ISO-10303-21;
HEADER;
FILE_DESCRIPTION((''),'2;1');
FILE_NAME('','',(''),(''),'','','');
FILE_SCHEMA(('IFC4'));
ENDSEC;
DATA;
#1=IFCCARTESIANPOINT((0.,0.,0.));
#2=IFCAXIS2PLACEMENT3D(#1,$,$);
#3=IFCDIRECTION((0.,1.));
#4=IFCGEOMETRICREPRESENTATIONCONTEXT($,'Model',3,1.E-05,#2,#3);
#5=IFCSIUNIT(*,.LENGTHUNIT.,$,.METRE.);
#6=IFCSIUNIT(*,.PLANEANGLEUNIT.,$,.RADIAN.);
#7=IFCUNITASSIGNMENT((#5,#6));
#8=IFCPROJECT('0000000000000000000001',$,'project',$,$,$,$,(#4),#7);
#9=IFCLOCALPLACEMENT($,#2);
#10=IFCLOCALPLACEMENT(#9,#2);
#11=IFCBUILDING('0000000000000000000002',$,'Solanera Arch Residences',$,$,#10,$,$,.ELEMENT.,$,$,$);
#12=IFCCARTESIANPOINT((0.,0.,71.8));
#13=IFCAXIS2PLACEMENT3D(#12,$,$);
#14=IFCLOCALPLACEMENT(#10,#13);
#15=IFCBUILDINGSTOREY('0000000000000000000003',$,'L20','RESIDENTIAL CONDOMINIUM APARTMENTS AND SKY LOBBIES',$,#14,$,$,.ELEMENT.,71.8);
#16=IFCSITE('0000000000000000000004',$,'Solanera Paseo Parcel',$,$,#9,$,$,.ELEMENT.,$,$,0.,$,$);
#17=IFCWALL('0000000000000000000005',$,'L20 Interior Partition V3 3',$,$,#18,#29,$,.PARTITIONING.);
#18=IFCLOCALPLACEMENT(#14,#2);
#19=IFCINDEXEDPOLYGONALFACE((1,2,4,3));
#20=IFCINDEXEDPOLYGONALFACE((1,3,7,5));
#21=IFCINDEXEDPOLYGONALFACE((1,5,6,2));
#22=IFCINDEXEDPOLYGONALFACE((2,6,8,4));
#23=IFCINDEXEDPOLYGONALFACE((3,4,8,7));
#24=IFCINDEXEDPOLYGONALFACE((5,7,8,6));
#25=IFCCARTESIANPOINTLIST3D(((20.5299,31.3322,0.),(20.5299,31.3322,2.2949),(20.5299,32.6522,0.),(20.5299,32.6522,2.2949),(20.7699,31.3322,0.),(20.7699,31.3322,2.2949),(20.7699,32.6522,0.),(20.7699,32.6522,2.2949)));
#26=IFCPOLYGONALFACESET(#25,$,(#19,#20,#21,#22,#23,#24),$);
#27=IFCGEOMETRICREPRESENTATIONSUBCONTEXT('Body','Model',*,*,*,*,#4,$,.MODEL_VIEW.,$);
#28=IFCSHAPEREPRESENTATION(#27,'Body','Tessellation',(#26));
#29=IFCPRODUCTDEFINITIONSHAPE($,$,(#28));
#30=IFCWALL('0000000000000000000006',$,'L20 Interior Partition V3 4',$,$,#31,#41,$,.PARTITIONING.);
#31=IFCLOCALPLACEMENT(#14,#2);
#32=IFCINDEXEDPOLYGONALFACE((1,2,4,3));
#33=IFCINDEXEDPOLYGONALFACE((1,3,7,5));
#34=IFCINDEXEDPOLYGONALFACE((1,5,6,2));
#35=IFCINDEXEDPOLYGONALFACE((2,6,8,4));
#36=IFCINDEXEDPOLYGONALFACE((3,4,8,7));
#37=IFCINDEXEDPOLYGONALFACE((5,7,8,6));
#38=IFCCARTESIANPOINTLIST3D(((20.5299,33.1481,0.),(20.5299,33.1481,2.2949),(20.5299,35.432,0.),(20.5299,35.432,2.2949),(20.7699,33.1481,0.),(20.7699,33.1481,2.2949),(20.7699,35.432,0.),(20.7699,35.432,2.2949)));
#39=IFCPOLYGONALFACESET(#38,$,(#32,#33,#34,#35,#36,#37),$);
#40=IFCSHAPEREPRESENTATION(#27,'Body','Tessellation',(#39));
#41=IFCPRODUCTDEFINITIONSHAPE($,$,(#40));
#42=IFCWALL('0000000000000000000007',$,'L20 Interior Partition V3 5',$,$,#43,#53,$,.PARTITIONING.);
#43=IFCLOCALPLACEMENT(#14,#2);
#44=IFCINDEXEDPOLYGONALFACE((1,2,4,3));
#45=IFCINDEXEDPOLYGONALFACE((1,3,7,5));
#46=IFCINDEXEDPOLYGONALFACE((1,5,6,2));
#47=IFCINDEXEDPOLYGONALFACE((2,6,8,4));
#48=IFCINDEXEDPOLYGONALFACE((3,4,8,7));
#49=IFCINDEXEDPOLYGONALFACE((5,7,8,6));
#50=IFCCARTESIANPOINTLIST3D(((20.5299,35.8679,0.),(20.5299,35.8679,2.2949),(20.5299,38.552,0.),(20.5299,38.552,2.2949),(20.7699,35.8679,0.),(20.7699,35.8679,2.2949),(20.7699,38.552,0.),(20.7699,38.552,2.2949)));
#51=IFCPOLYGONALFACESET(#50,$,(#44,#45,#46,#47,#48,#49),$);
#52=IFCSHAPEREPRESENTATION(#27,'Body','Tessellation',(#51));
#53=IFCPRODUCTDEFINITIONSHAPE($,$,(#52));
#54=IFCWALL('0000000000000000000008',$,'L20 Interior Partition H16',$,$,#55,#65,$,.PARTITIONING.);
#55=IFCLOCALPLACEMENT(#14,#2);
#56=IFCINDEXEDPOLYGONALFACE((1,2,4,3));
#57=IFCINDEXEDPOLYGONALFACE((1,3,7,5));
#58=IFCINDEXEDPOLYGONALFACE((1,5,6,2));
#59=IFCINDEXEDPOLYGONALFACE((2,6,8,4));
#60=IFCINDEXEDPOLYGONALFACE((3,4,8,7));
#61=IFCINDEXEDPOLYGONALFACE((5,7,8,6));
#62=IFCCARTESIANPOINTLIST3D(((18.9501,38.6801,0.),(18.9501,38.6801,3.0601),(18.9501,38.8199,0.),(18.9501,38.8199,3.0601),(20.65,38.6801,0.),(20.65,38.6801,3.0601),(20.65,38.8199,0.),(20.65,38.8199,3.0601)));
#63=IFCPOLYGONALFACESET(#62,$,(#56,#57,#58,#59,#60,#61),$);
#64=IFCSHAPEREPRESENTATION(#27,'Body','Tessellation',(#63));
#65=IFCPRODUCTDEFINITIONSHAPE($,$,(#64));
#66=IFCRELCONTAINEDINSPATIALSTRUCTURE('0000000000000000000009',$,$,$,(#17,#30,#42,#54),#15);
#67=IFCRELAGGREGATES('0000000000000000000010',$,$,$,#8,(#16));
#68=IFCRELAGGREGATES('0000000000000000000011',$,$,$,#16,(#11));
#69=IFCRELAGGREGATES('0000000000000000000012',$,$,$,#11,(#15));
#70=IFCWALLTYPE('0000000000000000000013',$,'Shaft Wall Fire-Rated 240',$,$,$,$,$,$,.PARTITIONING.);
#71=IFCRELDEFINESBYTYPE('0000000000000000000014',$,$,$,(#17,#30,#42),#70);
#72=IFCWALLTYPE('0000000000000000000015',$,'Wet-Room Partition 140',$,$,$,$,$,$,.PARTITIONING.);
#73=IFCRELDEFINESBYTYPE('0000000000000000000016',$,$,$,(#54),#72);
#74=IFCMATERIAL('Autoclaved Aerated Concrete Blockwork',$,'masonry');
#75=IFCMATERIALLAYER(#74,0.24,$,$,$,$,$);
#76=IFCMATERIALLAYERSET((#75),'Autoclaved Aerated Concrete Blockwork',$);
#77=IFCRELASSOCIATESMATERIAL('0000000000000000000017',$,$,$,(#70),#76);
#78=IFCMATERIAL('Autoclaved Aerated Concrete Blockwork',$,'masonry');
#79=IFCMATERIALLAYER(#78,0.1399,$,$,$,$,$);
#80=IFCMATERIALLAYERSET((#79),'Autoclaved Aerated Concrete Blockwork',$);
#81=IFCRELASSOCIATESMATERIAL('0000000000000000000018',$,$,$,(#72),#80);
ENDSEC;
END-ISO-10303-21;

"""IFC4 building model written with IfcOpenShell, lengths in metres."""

from ifc_helpers import new_model, si_unit, direction, frame, frame_2d, origin, place, context, subcontext, project, spatial, rectangle, extrude, material, layer, layer_set, type_object, element, save


model = new_model("IFC4")

# Units and contexts
model_context = context("Model", 3, precision=1e-05, world=origin(), true_north=direction((0.0, 1.0)))
body_context = subcontext(model_context, "Body", "Model", "MODEL_VIEW")
ifc_project = project(units=[si_unit("LENGTHUNIT", "METRE"), si_unit("PLANEANGLEUNIT", "RADIAN")], contexts=[model_context])

# Site, building, storey
site_placement = place(None, origin())
site = spatial("IfcSite", under=ifc_project, at=site_placement, Name="Solanera Paseo Parcel", CompositionType="ELEMENT", RefElevation=0.0)
building_placement = place(site_placement, origin())
building = spatial("IfcBuilding", under=site, at=building_placement, Name="Solanera Arch Residences", CompositionType="ELEMENT")
storey_placement = place(building_placement, frame((0.0, 0.0, 71.8)))
storey = spatial("IfcBuildingStorey", under=building, at=storey_placement, Name="L20", Description="RESIDENTIAL CONDOMINIUM APARTMENTS AND SKY LOBBIES", CompositionType="ELEMENT", Elevation=71.8)

# Shared definitions
ifc_material_1 = material(Name="Autoclaved Aerated Concrete Blockwork", Category="masonry")
ifc_layer_1 = layer(ifc_material_1, 0.24)
ifc_layer_set_1 = layer_set([ifc_layer_1], Name="Autoclaved Aerated Concrete Blockwork")
wall_type_1 = type_object("IfcWallType", Name="Shaft Wall Fire-Rated 240", PredefinedType="PARTITIONING", material=ifc_layer_set_1)

# Walls
wall_1_placement = place(storey_placement, frame((20.6499, 31.332, 0.0), z_axis=(0.0, 0.0, 1.0), x_axis=(0.0, 1.0, 0.0)))
element("IfcWall", 1, at=wall_1_placement, inside=storey, type_object=wall_type_1, Name="L20 Interior Partition V3 3", PredefinedType="PARTITIONING", context=body_context, shape_type="SweptSolid", body=[
    extrude(rectangle(XDim=1.3201, YDim=0.24, at=frame_2d((0.6602, 0.0))), origin(), (0.0, 0.0, 1.0), 2.2949),
])
wall_2_placement = place(storey_placement, frame((20.6499, 33.1479, 0.0), z_axis=(0.0, 0.0, 1.0), x_axis=(0.0, 1.0, 0.0)))
element("IfcWall", 2, at=wall_2_placement, inside=storey, type_object=wall_type_1, Name="L20 Interior Partition V3 4", PredefinedType="PARTITIONING", context=body_context, shape_type="SweptSolid", body=[
    extrude(rectangle(XDim=2.2839, YDim=0.24, at=frame_2d((1.1421, 0.0))), origin(), (0.0, 0.0, 1.0), 2.2949),
])
wall_3_placement = place(storey_placement, frame((20.6499, 35.8679, 0.0), z_axis=(0.0, 0.0, 1.0), x_axis=(0.0, 1.0, 0.0)))
element("IfcWall", 3, at=wall_3_placement, inside=storey, type_object=wall_type_1, Name="L20 Interior Partition V3 5", PredefinedType="PARTITIONING", context=body_context, shape_type="SweptSolid", body=[
    extrude(rectangle(XDim=2.6841, YDim=0.24, at=frame_2d((1.342, 0.0))), origin(), (0.0, 0.0, 1.0), 2.2949),
])
ifc_material_2 = material(Name="Autoclaved Aerated Concrete Blockwork", Category="masonry")
ifc_layer_2 = layer(ifc_material_2, 0.1399)
ifc_layer_set_2 = layer_set([ifc_layer_2], Name="Autoclaved Aerated Concrete Blockwork")
wall_type_2 = type_object("IfcWallType", Name="Wet-Room Partition 140", PredefinedType="PARTITIONING", material=ifc_layer_set_2)
wall_4_placement = place(storey_placement, frame((18.95, 38.75, 0.0), z_axis=(0.0, 0.0, 1.0), x_axis=(1.0, 0.0, 0.0)))
element("IfcWall", 4, at=wall_4_placement, inside=storey, type_object=wall_type_2, Name="L20 Interior Partition H16", PredefinedType="PARTITIONING", context=body_context, shape_type="SweptSolid", body=[
    extrude(rectangle(XDim=1.7, YDim=0.1399, at=frame_2d((0.8501, 0.0))), origin(), (0.0, 0.0, 1.0), 3.0601),
])

save(model, "model.ifc")
